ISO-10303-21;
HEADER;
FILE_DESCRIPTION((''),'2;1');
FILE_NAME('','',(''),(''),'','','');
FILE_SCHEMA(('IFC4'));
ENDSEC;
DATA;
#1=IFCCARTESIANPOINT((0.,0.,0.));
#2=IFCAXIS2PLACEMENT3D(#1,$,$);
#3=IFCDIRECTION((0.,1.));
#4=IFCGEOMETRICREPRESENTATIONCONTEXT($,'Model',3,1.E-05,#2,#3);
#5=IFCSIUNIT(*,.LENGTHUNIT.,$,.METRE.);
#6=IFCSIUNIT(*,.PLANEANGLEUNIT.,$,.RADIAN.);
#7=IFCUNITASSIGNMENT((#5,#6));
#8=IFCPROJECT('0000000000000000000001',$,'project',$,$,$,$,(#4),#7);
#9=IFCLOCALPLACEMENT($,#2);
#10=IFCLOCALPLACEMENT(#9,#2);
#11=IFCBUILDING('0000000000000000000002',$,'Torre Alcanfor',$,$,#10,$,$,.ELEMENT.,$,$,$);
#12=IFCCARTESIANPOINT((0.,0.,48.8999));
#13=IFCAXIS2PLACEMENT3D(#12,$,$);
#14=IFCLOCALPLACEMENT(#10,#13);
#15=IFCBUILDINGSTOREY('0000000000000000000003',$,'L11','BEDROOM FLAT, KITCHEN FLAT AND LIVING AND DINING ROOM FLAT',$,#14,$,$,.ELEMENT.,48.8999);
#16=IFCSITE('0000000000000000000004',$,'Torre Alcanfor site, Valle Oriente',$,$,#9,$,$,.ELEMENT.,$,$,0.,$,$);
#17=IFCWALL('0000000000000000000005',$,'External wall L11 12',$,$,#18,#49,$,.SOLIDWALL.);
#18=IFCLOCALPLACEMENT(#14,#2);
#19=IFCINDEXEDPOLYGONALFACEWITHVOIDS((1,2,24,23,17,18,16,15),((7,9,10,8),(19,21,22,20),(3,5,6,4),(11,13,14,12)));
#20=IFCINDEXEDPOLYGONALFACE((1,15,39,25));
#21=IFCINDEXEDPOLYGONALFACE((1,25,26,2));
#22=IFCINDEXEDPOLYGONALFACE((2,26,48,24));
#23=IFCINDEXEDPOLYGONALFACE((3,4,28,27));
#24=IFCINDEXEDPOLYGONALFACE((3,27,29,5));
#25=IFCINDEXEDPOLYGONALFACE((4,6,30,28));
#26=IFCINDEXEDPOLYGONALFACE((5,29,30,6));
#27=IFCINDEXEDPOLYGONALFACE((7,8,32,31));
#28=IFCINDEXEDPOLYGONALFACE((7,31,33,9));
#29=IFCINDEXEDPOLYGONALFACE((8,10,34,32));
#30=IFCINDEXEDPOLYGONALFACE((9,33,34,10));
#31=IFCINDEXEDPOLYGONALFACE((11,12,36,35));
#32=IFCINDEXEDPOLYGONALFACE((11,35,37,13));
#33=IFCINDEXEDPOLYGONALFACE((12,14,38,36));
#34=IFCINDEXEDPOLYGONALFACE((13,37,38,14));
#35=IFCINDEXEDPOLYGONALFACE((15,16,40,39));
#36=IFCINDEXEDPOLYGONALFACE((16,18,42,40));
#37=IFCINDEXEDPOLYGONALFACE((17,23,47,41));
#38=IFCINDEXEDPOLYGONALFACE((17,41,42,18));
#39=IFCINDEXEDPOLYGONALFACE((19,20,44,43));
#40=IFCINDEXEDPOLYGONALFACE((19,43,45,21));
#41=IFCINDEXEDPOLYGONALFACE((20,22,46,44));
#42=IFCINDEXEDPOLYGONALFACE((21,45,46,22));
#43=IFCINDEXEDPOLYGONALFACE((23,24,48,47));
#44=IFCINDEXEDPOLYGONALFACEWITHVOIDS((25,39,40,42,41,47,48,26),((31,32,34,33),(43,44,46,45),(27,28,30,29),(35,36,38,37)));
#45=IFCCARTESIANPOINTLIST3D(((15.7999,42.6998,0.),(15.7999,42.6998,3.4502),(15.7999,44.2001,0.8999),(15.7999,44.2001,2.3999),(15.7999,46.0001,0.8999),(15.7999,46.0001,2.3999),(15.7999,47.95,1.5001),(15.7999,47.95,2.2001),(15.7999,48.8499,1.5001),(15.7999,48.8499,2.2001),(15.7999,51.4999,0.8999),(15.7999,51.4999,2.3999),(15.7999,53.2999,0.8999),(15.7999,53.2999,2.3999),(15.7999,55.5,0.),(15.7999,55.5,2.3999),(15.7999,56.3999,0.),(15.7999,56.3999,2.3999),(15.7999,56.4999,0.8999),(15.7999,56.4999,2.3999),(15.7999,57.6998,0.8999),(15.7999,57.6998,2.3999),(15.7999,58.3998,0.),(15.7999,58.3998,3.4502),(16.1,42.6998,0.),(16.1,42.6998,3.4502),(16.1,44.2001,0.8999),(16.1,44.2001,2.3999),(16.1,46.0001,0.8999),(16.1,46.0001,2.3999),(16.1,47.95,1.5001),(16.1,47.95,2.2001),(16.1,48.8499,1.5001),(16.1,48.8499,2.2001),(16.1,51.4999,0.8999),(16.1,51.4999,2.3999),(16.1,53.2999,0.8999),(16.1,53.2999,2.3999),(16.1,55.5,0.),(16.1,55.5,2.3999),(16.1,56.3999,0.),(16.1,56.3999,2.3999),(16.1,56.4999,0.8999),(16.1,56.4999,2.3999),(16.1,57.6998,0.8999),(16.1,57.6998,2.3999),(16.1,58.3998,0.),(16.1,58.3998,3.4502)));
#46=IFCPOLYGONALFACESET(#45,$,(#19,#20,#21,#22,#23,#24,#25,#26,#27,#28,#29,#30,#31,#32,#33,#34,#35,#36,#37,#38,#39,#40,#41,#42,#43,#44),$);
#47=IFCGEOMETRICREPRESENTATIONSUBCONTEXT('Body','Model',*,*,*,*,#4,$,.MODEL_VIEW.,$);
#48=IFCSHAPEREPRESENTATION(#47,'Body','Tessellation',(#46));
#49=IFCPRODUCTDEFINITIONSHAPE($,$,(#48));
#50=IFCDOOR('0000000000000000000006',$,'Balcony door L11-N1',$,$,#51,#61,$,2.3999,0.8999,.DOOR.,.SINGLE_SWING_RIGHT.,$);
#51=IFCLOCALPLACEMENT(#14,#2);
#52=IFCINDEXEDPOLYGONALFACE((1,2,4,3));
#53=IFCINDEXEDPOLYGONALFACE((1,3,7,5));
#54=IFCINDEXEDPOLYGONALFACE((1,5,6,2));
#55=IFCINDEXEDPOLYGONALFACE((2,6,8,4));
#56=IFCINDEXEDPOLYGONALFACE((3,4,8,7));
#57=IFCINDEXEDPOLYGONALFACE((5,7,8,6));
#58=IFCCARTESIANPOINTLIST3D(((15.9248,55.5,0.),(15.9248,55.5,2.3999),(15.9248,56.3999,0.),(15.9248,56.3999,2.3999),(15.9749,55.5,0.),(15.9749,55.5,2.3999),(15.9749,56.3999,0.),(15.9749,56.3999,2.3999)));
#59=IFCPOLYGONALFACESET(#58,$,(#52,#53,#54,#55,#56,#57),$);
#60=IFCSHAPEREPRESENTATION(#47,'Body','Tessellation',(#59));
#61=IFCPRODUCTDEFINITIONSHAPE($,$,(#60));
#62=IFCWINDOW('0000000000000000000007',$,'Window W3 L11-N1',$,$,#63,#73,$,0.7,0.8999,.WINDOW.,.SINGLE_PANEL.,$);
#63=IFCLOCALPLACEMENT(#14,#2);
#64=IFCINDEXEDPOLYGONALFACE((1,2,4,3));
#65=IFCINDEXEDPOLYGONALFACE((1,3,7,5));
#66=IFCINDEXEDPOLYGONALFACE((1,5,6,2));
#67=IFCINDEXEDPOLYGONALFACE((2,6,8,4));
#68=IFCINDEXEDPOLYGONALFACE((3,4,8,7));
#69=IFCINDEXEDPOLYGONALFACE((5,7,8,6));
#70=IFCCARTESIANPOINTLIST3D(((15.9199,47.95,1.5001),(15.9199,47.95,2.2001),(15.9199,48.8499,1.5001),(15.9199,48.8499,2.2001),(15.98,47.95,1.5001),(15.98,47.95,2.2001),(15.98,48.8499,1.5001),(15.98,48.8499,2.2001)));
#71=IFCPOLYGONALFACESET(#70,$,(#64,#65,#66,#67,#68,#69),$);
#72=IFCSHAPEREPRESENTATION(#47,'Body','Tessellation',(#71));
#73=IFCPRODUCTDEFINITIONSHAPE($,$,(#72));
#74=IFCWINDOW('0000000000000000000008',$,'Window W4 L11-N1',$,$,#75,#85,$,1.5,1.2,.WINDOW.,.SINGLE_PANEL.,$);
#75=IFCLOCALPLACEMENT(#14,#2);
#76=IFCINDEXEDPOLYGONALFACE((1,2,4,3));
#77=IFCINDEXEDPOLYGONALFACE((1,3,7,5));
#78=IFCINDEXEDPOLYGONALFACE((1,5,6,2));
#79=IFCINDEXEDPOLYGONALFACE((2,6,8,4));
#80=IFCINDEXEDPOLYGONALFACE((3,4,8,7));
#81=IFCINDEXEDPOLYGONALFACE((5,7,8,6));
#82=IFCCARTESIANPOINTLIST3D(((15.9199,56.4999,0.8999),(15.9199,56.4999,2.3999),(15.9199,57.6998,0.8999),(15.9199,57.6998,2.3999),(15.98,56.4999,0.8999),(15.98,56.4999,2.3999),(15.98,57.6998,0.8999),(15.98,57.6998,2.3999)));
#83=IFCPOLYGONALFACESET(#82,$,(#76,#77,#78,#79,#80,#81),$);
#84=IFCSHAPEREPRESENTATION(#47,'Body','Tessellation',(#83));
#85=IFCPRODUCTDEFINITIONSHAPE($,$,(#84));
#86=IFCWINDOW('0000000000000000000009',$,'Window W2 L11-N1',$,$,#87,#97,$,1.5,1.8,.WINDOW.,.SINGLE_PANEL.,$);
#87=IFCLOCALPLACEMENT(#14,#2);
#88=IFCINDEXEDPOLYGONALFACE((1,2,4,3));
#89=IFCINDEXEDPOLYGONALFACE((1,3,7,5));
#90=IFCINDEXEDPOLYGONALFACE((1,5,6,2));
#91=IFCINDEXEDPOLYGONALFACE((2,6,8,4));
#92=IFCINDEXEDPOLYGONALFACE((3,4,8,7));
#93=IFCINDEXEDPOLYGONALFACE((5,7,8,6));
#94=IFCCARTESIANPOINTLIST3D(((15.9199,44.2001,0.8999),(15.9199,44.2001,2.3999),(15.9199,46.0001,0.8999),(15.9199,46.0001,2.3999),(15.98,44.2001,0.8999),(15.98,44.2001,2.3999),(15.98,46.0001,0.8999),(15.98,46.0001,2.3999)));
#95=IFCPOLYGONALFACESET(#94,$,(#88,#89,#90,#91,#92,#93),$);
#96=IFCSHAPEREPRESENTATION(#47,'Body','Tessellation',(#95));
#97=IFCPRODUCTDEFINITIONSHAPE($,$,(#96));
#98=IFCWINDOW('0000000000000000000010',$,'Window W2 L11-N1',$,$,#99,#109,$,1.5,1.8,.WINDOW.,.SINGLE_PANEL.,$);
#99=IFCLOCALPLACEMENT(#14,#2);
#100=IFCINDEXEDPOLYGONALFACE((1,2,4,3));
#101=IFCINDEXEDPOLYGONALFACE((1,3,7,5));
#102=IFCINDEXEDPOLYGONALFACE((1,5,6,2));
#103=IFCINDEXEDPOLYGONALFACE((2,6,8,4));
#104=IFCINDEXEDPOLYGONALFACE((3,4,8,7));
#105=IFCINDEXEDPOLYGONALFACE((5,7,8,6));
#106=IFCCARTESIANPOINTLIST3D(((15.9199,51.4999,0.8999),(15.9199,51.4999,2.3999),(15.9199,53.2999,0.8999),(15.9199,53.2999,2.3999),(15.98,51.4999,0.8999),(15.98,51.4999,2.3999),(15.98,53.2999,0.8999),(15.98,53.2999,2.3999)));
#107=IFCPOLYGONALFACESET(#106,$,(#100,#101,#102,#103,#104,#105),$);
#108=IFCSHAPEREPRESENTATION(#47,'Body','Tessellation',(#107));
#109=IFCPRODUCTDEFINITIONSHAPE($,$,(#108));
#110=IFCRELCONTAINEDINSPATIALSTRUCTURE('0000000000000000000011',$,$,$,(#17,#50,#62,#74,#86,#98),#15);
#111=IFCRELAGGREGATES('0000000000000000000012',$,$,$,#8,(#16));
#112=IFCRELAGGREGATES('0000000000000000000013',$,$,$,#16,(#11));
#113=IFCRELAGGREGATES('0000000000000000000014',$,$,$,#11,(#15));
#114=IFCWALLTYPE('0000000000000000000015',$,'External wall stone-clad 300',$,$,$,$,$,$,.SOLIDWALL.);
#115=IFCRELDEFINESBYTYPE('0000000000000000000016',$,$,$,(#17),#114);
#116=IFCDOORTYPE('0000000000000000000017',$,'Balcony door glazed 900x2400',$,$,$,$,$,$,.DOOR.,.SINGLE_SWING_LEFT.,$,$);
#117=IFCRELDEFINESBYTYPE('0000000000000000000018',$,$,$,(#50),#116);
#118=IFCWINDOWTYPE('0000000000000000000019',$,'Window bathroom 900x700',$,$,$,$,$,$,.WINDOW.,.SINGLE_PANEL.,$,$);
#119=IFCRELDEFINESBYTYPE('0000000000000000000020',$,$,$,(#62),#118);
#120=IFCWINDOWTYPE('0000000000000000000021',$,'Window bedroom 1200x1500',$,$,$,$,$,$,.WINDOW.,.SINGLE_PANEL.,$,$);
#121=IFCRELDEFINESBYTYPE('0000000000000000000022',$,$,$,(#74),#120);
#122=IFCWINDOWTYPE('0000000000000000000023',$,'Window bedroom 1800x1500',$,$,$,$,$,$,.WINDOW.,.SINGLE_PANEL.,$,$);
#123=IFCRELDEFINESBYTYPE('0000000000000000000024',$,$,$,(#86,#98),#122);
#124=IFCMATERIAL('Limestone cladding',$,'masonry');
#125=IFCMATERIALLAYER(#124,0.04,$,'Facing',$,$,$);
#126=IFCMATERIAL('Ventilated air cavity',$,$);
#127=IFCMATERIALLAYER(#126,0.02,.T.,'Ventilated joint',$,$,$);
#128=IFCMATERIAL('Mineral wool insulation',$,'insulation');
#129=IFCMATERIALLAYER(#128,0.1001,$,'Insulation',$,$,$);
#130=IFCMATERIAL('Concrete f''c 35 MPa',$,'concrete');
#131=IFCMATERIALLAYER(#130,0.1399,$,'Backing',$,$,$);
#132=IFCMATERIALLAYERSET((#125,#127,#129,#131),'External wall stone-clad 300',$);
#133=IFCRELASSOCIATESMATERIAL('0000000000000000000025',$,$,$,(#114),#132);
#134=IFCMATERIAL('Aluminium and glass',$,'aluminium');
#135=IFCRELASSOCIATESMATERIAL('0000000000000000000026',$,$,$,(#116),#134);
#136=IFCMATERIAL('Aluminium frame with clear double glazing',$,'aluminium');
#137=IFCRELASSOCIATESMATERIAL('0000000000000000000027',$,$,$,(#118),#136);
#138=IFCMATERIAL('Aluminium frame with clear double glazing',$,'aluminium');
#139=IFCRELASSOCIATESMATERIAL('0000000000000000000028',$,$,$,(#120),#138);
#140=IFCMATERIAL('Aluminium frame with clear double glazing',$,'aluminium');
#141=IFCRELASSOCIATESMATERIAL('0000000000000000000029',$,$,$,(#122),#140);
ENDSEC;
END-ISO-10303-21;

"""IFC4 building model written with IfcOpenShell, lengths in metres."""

from ifc_helpers import new_model, si_unit, direction, frame, frame_2d, origin, place, context, subcontext, project, spatial, rectangle, extrude, material, layer, layer_set, type_object, element, fill, save


model = new_model("IFC4")

# Units and contexts
model_context = context("Model", 3, precision=1e-05, world=origin(), true_north=direction((0.0, 1.0)))
body_context = subcontext(model_context, "Body", "Model", "MODEL_VIEW")
ifc_project = project(units=[si_unit("LENGTHUNIT", "METRE"), si_unit("PLANEANGLEUNIT", "RADIAN")], contexts=[model_context])

# Site, building, storey
site_placement = place(None, origin())
site = spatial("IfcSite", under=ifc_project, at=site_placement, Name="Torre Alcanfor site, Valle Oriente", CompositionType="ELEMENT", RefElevation=0.0)
building_placement = place(site_placement, origin())
building = spatial("IfcBuilding", under=site, at=building_placement, Name="Torre Alcanfor", CompositionType="ELEMENT")
storey_placement = place(building_placement, frame((0.0, 0.0, 48.8999)))
storey = spatial("IfcBuildingStorey", under=building, at=storey_placement, Name="L11", Description="BEDROOM FLAT, KITCHEN FLAT AND LIVING AND DINING ROOM FLAT", CompositionType="ELEMENT", Elevation=48.8999)

# Wall, openings, door, windows
ifc_material_1 = material(Name="Limestone cladding", Category="masonry")
ifc_layer_1 = layer(ifc_material_1, 0.04, Name="Facing")
ifc_material_2 = material(Name="Ventilated air cavity")
ifc_layer_2 = layer(ifc_material_2, 0.02, ventilated=True, Name="Ventilated joint")
ifc_material_3 = material(Name="Mineral wool insulation", Category="insulation")
ifc_layer_3 = layer(ifc_material_3, 0.1001, Name="Insulation")
ifc_material_4 = material(Name="Concrete f'c 35 MPa", Category="concrete")
ifc_layer_4 = layer(ifc_material_4, 0.1399, Name="Backing")
ifc_layer_set_1 = layer_set([ifc_layer_1, ifc_layer_2, ifc_layer_3, ifc_layer_4], Name="External wall stone-clad 300")
wall_type_1 = type_object("IfcWallType", Name="External wall stone-clad 300", PredefinedType="SOLIDWALL", material=ifc_layer_set_1)
ifc_material_5 = material(Name="Aluminium and glass", Category="aluminium")
door_type = type_object("IfcDoorType", Name="Balcony door glazed 900x2400", OperationType="SINGLE_SWING_LEFT", PredefinedType="DOOR", material=ifc_material_5)
ifc_material_6 = material(Name="Aluminium frame with clear double glazing", Category="aluminium")
window_type_1 = type_object("IfcWindowType", Name="Window bathroom 900x700", PartitioningType="SINGLE_PANEL", PredefinedType="WINDOW", material=ifc_material_6)
ifc_material_7 = material(Name="Aluminium frame with clear double glazing", Category="aluminium")
window_type_2 = type_object("IfcWindowType", Name="Window bedroom 1200x1500", PartitioningType="SINGLE_PANEL", PredefinedType="WINDOW", material=ifc_material_7)
ifc_material_8 = material(Name="Aluminium frame with clear double glazing", Category="aluminium")
window_type_3 = type_object("IfcWindowType", Name="Window bedroom 1800x1500", PartitioningType="SINGLE_PANEL", PredefinedType="WINDOW", material=ifc_material_8)
wall_1_placement = place(storey_placement, frame((15.95, 58.3999, 0.0), z_axis=(0.0, 0.0, 1.0), x_axis=(0.0, -1.0, 0.0)))
wall_1 = element("IfcWall", 1, at=wall_1_placement, inside=storey, type_object=wall_type_1, Name="External wall L11 12", PredefinedType="SOLIDWALL", context=body_context, shape_type="SweptSolid", body=[
    extrude(rectangle(XDim=15.7, YDim=0.3, at=frame_2d((7.8501, 0.0))), origin(), (0.0, 0.0, 1.0), 3.4502),
])
opening_1_placement = place(wall_1_placement, frame((12.3999, 0.0, 0.8999)))
opening_1 = element("IfcOpeningElement", 2, at=opening_1_placement, cuts=wall_1, PredefinedType="OPENING", context=body_context, shape_type="SweptSolid", body=[
    extrude(rectangle(XDim=1.8, YDim=1.5, at=frame_2d((0.8999, 0.75))), frame((0.0, 0.1599, 0.0), z_axis=(0.0, -1.0, 0.0), x_axis=(1.0, 0.0, 0.0)), (0.0, 0.0, 1.0), 0.3201),
])
opening_2_placement = place(wall_1_placement, frame((9.55, 0.0, 1.5)))
opening_2 = element("IfcOpeningElement", 3, at=opening_2_placement, cuts=wall_1, PredefinedType="OPENING", context=body_context, shape_type="SweptSolid", body=[
    extrude(rectangle(XDim=0.8999, YDim=0.7, at=frame_2d((0.45, 0.3501))), frame((0.0, 0.1599, 0.0), z_axis=(0.0, -1.0, 0.0), x_axis=(1.0, 0.0, 0.0)), (0.0, 0.0, 1.0), 0.3201),
])
opening_3_placement = place(wall_1_placement, frame((5.1001, 0.0, 0.8999)))
opening_3 = element("IfcOpeningElement", 4, at=opening_3_placement, cuts=wall_1, PredefinedType="OPENING", context=body_context, shape_type="SweptSolid", body=[
    extrude(rectangle(XDim=1.8, YDim=1.5, at=frame_2d((0.8999, 0.75))), frame((0.0, 0.1599, 0.0), z_axis=(0.0, -1.0, 0.0), x_axis=(1.0, 0.0, 0.0)), (0.0, 0.0, 1.0), 0.3201),
])
opening_4_placement = place(wall_1_placement, frame((2.0, 0.0, 0.0)))
opening_4 = element("IfcOpeningElement", 5, at=opening_4_placement, cuts=wall_1, PredefinedType="OPENING", context=body_context, shape_type="SweptSolid", body=[
    extrude(rectangle(XDim=0.8999, YDim=2.3999, at=frame_2d((0.45, 1.2))), frame((0.0, 0.1599, 0.0), z_axis=(0.0, -1.0, 0.0), x_axis=(1.0, 0.0, 0.0)), (0.0, 0.0, 1.0), 0.3201),
])
opening_5_placement = place(wall_1_placement, frame((0.7, 0.0, 0.8999)))
opening_5 = element("IfcOpeningElement", 6, at=opening_5_placement, cuts=wall_1, PredefinedType="OPENING", context=body_context, shape_type="SweptSolid", body=[
    extrude(rectangle(XDim=1.2, YDim=1.5, at=frame_2d((0.6001, 0.75))), frame((0.0, 0.1599, 0.0), z_axis=(0.0, -1.0, 0.0), x_axis=(1.0, 0.0, 0.0)), (0.0, 0.0, 1.0), 0.3201),
])
door_1_placement = place(opening_4_placement, origin())
door_1 = element("IfcDoor", 7, at=door_1_placement, inside=storey, type_object=door_type, Name="Balcony door L11-N1", OperationType="SINGLE_SWING_RIGHT", OverallHeight=2.3999, OverallWidth=0.8999, PredefinedType="DOOR", context=body_context, shape_type="SweptSolid", body=[
    extrude(rectangle(XDim=0.8999, YDim=2.3999, at=frame_2d((0.45, 1.2))), frame((0.0, 0.0249, 0.0), z_axis=(0.0, -1.0, 0.0), x_axis=(1.0, 0.0, 0.0)), (0.0, 0.0, 1.0), 0.05),
])
fill(opening_4, door_1)
window_1_placement = place(opening_2_placement, origin())
window_1 = element("IfcWindow", 8, at=window_1_placement, inside=storey, type_object=window_type_1, Name="Window W3 L11-N1", OverallHeight=0.7, OverallWidth=0.8999, PartitioningType="SINGLE_PANEL", PredefinedType="WINDOW", context=body_context, shape_type="SweptSolid", body=[
    extrude(rectangle(XDim=0.8999, YDim=0.7, at=frame_2d((0.45, 0.3501))), frame((0.0, 0.03, 0.0), z_axis=(0.0, -1.0, 0.0), x_axis=(1.0, 0.0, 0.0)), (0.0, 0.0, 1.0), 0.0601),
])
fill(opening_2, window_1)
window_2_placement = place(opening_5_placement, origin())
window_2 = element("IfcWindow", 9, at=window_2_placement, inside=storey, type_object=window_type_2, Name="Window W4 L11-N1", OverallHeight=1.5, OverallWidth=1.2, PartitioningType="SINGLE_PANEL", PredefinedType="WINDOW", context=body_context, shape_type="SweptSolid", body=[
    extrude(rectangle(XDim=1.2, YDim=1.5, at=frame_2d((0.6001, 0.75))), frame((0.0, 0.03, 0.0), z_axis=(0.0, -1.0, 0.0), x_axis=(1.0, 0.0, 0.0)), (0.0, 0.0, 1.0), 0.0601),
])
fill(opening_5, window_2)
window_3_placement = place(opening_1_placement, origin())
window_3 = element("IfcWindow", 10, at=window_3_placement, inside=storey, type_object=window_type_3, Name="Window W2 L11-N1", OverallHeight=1.5, OverallWidth=1.8, PartitioningType="SINGLE_PANEL", PredefinedType="WINDOW", context=body_context, shape_type="SweptSolid", body=[
    extrude(rectangle(XDim=1.8, YDim=1.5, at=frame_2d((0.8999, 0.75))), frame((0.0, 0.03, 0.0), z_axis=(0.0, -1.0, 0.0), x_axis=(1.0, 0.0, 0.0)), (0.0, 0.0, 1.0), 0.0601),
])
fill(opening_1, window_3)
window_4_placement = place(opening_3_placement, origin())
window_4 = element("IfcWindow", 11, at=window_4_placement, inside=storey, type_object=window_type_3, Name="Window W2 L11-N1", OverallHeight=1.5, OverallWidth=1.8, PartitioningType="SINGLE_PANEL", PredefinedType="WINDOW", context=body_context, shape_type="SweptSolid", body=[
    extrude(rectangle(XDim=1.8, YDim=1.5, at=frame_2d((0.8999, 0.75))), frame((0.0, 0.03, 0.0), z_axis=(0.0, -1.0, 0.0), x_axis=(1.0, 0.0, 0.0)), (0.0, 0.0, 1.0), 0.0601),
])
fill(opening_3, window_4)

save(model, "model.ifc")
